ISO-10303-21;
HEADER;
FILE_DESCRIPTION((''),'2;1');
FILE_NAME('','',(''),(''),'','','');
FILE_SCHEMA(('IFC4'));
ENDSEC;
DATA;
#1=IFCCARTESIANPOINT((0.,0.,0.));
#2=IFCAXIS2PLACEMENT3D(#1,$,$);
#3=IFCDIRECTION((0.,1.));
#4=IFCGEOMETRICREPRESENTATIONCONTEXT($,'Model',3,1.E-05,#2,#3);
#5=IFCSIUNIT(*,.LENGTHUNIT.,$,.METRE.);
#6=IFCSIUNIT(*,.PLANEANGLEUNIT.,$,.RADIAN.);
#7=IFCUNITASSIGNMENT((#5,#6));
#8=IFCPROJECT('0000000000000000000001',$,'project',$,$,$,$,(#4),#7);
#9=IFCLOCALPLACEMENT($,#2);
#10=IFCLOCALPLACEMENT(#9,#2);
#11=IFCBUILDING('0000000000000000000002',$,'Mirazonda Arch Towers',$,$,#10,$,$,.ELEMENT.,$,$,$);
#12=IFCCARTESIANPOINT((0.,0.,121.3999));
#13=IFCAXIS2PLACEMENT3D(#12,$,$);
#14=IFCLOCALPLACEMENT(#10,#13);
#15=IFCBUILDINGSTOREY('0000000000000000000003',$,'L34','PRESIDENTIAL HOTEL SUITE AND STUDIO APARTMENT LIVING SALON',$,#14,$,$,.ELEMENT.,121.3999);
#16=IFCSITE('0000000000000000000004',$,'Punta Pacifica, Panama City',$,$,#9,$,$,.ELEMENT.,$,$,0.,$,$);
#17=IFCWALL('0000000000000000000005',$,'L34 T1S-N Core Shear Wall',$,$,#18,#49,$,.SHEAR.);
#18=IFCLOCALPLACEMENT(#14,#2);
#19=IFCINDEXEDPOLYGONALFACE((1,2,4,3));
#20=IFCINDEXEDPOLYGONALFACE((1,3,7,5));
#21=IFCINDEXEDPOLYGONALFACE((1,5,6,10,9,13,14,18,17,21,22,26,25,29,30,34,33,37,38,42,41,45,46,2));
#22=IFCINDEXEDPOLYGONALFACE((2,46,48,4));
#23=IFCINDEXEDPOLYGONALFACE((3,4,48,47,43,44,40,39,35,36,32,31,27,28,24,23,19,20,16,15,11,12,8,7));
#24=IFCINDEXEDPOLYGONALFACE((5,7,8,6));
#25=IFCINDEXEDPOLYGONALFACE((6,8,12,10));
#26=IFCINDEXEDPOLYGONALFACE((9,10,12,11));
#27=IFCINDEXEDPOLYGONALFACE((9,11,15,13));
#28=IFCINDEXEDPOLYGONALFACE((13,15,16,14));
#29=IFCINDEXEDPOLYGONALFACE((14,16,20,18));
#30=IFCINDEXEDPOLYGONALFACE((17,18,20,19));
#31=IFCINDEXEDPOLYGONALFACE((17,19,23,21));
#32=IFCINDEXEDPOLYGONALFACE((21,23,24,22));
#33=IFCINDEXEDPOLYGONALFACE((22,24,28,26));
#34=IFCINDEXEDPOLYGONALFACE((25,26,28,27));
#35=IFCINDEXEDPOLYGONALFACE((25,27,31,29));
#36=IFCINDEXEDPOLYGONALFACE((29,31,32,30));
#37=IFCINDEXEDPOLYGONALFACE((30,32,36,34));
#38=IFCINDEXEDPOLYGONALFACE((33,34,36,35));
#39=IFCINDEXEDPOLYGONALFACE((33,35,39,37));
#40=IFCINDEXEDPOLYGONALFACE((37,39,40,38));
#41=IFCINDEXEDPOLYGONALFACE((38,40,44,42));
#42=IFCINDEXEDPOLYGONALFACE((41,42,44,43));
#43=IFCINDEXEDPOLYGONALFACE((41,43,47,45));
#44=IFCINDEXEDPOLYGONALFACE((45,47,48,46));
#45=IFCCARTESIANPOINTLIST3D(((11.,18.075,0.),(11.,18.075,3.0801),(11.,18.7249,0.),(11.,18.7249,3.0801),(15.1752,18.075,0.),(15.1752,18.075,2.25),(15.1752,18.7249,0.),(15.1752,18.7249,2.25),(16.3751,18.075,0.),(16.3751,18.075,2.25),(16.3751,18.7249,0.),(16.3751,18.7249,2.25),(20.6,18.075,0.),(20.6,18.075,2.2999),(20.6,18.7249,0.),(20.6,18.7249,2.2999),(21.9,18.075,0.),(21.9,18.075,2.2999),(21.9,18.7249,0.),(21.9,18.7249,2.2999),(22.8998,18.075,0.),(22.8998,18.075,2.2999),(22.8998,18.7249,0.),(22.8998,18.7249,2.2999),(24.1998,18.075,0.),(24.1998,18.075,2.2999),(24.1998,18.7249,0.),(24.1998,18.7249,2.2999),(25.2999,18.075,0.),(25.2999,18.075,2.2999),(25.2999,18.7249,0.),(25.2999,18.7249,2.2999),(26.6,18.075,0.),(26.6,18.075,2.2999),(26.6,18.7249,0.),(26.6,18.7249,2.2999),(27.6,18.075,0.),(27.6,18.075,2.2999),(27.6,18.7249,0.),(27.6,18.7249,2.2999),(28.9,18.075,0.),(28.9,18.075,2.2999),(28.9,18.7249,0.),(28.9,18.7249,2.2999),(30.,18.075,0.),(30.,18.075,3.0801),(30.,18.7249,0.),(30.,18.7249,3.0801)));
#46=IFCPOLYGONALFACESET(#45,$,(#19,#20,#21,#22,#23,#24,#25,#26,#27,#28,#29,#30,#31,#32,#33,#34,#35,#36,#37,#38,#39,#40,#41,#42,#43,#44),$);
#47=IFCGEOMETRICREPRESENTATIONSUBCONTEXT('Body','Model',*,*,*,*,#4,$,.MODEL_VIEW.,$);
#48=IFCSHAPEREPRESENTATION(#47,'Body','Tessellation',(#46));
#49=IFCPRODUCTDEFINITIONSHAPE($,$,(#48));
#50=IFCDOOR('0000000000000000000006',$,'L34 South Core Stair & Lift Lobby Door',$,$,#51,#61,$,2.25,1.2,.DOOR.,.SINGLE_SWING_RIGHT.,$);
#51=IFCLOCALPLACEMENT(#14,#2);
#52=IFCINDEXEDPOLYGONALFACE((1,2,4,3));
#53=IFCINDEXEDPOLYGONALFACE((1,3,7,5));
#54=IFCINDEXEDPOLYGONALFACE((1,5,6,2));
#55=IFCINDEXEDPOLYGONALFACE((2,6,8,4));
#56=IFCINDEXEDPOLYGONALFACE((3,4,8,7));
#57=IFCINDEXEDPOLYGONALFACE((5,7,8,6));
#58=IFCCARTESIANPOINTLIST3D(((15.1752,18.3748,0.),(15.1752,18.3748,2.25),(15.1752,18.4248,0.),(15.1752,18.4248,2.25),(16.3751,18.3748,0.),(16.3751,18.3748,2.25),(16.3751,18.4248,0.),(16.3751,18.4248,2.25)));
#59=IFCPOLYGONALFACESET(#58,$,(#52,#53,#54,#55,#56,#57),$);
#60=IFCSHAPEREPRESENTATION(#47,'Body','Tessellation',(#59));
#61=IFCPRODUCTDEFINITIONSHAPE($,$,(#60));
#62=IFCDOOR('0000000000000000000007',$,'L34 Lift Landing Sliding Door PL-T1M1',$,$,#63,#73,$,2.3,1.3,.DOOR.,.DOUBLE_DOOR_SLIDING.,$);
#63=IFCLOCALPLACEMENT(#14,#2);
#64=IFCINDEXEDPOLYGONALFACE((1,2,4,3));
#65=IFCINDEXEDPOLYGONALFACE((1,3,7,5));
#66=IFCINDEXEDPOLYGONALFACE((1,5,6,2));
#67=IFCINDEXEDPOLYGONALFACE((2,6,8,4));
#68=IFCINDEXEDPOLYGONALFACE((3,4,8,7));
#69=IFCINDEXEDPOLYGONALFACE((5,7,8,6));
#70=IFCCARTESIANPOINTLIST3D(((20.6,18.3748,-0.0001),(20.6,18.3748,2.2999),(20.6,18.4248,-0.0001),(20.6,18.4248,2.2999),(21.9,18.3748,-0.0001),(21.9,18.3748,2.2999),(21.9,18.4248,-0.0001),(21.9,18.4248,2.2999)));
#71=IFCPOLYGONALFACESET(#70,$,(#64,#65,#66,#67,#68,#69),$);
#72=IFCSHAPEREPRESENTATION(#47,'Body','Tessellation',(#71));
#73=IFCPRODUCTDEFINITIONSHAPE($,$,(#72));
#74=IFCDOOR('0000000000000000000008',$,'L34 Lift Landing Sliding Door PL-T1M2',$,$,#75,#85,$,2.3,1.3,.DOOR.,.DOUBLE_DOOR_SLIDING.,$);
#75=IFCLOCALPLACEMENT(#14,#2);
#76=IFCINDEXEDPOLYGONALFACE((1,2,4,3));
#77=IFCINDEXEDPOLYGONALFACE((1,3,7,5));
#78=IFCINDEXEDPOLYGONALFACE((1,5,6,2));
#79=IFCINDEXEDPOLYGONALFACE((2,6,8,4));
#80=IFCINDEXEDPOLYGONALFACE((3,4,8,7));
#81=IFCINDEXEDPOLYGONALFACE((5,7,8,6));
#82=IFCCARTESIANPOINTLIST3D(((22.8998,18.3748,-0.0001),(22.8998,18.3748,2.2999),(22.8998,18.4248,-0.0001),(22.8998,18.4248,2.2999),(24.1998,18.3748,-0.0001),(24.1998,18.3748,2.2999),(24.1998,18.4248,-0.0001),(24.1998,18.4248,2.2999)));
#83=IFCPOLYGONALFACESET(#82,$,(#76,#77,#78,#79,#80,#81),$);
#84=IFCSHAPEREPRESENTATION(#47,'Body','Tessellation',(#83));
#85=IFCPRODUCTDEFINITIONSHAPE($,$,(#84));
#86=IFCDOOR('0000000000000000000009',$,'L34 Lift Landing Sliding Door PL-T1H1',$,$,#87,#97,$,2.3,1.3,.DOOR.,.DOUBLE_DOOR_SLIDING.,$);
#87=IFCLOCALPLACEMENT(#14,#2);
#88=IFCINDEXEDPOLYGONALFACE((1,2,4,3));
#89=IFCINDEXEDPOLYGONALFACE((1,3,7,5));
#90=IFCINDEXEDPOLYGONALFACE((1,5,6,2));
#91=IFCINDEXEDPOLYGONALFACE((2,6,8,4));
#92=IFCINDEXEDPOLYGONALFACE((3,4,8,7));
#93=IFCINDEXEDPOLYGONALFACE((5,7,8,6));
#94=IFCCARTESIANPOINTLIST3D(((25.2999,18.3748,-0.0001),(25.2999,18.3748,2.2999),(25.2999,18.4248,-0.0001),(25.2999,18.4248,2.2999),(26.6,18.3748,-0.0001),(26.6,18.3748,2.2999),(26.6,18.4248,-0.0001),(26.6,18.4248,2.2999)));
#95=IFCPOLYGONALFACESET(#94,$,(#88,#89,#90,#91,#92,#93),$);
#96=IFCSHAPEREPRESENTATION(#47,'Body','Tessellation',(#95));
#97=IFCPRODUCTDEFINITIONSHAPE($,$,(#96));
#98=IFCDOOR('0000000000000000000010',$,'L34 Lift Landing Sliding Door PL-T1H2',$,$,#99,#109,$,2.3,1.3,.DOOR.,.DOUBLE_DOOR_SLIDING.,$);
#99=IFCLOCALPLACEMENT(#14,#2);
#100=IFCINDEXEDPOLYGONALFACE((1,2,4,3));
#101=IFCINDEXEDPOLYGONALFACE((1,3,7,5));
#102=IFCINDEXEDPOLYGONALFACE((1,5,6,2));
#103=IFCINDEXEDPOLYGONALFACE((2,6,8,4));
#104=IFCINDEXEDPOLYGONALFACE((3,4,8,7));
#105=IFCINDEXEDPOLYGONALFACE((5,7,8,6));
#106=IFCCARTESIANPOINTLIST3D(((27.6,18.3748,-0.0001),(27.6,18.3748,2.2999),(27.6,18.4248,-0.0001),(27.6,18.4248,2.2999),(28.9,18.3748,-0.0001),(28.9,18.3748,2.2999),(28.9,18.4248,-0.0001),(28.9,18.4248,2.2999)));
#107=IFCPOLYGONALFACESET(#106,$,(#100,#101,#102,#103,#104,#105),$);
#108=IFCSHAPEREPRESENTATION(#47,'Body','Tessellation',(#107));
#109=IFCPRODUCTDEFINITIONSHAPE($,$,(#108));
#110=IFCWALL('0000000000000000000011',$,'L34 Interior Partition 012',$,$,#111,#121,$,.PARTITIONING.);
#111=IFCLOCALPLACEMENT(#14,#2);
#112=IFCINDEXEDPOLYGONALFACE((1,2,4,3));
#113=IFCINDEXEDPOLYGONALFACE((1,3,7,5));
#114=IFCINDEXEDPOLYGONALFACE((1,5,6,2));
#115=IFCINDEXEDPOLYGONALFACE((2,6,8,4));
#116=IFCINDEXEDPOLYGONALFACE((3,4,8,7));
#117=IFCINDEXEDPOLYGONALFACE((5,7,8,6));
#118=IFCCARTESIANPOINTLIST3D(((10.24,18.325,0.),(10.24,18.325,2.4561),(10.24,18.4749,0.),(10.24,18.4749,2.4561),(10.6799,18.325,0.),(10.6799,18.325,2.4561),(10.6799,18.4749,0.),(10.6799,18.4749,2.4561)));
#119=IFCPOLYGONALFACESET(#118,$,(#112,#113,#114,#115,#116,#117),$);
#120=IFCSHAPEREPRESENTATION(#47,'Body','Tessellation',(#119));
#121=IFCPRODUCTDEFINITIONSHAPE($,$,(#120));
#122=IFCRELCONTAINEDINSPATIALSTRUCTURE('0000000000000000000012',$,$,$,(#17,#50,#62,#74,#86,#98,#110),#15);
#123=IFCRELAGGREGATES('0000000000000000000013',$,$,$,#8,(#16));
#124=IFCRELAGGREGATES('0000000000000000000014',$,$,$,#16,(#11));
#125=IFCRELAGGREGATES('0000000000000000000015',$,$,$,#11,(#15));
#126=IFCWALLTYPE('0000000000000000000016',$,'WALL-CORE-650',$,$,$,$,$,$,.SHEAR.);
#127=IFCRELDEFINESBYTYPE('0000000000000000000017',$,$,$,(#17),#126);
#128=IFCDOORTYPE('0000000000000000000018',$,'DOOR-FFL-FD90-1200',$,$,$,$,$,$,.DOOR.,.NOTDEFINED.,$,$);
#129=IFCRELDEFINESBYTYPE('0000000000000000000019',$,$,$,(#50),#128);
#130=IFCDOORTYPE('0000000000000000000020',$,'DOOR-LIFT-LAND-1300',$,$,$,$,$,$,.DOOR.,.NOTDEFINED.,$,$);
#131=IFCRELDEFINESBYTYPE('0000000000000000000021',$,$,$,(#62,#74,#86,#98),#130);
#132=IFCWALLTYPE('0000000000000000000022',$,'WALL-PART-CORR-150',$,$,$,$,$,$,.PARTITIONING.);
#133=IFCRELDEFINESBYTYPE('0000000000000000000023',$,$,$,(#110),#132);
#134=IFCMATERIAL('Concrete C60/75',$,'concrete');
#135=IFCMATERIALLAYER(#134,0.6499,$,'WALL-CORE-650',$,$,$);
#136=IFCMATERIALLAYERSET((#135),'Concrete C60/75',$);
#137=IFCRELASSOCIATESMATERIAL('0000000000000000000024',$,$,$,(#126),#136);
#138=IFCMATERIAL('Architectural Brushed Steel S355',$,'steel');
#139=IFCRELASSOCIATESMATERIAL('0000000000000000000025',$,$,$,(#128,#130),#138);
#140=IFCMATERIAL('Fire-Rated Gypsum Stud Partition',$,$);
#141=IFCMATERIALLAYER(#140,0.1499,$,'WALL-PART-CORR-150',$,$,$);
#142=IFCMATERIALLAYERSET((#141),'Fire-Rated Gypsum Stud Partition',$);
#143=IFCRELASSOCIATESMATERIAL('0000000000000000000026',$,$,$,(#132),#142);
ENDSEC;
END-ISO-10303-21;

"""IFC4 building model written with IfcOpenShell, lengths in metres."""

from ifc_helpers import new_model, si_unit, direction, frame, frame_2d, origin, place, context, subcontext, project, spatial, rectangle, extrude, material, layer, layer_set, type_object, element, fill, save


model = new_model("IFC4")

# Units and contexts
model_context = context("Model", 3, precision=1e-05, world=origin(), true_north=direction((0.0, 1.0)))
body_context = subcontext(model_context, "Body", "Model", "MODEL_VIEW")
ifc_project = project(units=[si_unit("LENGTHUNIT", "METRE"), si_unit("PLANEANGLEUNIT", "RADIAN")], contexts=[model_context])

# Site, building, storey
site_placement = place(None, origin())
site = spatial("IfcSite", under=ifc_project, at=site_placement, Name="Punta Pacifica, Panama City", CompositionType="ELEMENT", RefElevation=0.0)
building_placement = place(site_placement, origin())
building = spatial("IfcBuilding", under=site, at=building_placement, Name="Mirazonda Arch Towers", CompositionType="ELEMENT")
storey_placement = place(building_placement, frame((0.0, 0.0, 121.3999)))
storey = spatial("IfcBuildingStorey", under=building, at=storey_placement, Name="L34", Description="PRESIDENTIAL HOTEL SUITE AND STUDIO APARTMENT LIVING SALON", CompositionType="ELEMENT", Elevation=121.3999)

# Shared definitions
ifc_material_1 = material(Name="Architectural Brushed Steel S355", Category="steel")

# Wall, openings, doors
ifc_material_2 = material(Name="Concrete C60/75", Category="concrete")
ifc_layer_1 = layer(ifc_material_2, 0.6499, Name="WALL-CORE-650")
ifc_layer_set_1 = layer_set([ifc_layer_1], Name="Concrete C60/75")
wall_type_1 = type_object("IfcWallType", Name="WALL-CORE-650", PredefinedType="SHEAR", material=ifc_layer_set_1)
wall_1_placement = place(storey_placement, frame((11.0, 18.3999, 0.0), z_axis=(0.0, 0.0, 1.0), x_axis=(1.0, 0.0, 0.0)))
wall_1 = element("IfcWall", 1, at=wall_1_placement, inside=storey, type_object=wall_type_1, Name="L34 T1S-N Core Shear Wall", PredefinedType="SHEAR", context=body_context, shape_type="SweptSolid", body=[
    extrude(rectangle(XDim=19.0, YDim=0.6499, at=frame_2d((9.5, 0.0))), origin(), (0.0, 0.0, 1.0), 3.0801),
])
opening_1_placement = place(wall_1_placement, frame((4.175, 0.0, 0.0)))
opening_1 = element("IfcOpeningElement", 2, at=opening_1_placement, cuts=wall_1, PredefinedType="OPENING", context=body_context, shape_type="SweptSolid", body=[
    extrude(rectangle(XDim=1.2, YDim=2.25, at=frame_2d((0.6001, 1.125))), frame((0.0, 0.335, 0.0), z_axis=(0.0, -1.0, 0.0), x_axis=(1.0, 0.0, 0.0)), (0.0, 0.0, 1.0), 0.6699),
])
opening_2_placement = place(wall_1_placement, frame((9.6001, 0.0, 0.0)))
opening_2 = element("IfcOpeningElement", 3, at=opening_2_placement, cuts=wall_1, PredefinedType="OPENING", context=body_context, shape_type="SweptSolid", body=[
    extrude(rectangle(XDim=1.3, YDim=2.3, at=frame_2d((0.6499, 1.1499))), frame((0.0, 0.335, 0.0), z_axis=(0.0, -1.0, 0.0), x_axis=(1.0, 0.0, 0.0)), (0.0, 0.0, 1.0), 0.6699),
])
opening_3_placement = place(wall_1_placement, frame((11.8999, 0.0, 0.0)))
opening_3 = element("IfcOpeningElement", 4, at=opening_3_placement, cuts=wall_1, PredefinedType="OPENING", context=body_context, shape_type="SweptSolid", body=[
    extrude(rectangle(XDim=1.3, YDim=2.3, at=frame_2d((0.6499, 1.1499))), frame((0.0, 0.335, 0.0), z_axis=(0.0, -1.0, 0.0), x_axis=(1.0, 0.0, 0.0)), (0.0, 0.0, 1.0), 0.6699),
])
opening_4_placement = place(wall_1_placement, frame((14.3, 0.0, 0.0)))
opening_4 = element("IfcOpeningElement", 5, at=opening_4_placement, cuts=wall_1, PredefinedType="OPENING", context=body_context, shape_type="SweptSolid", body=[
    extrude(rectangle(XDim=1.3, YDim=2.3, at=frame_2d((0.6499, 1.1499))), frame((0.0, 0.335, 0.0), z_axis=(0.0, -1.0, 0.0), x_axis=(1.0, 0.0, 0.0)), (0.0, 0.0, 1.0), 0.6699),
])
opening_5_placement = place(wall_1_placement, frame((16.6001, 0.0, 0.0)))
opening_5 = element("IfcOpeningElement", 6, at=opening_5_placement, cuts=wall_1, PredefinedType="OPENING", context=body_context, shape_type="SweptSolid", body=[
    extrude(rectangle(XDim=1.3, YDim=2.3, at=frame_2d((0.6499, 1.1499))), frame((0.0, 0.335, 0.0), z_axis=(0.0, -1.0, 0.0), x_axis=(1.0, 0.0, 0.0)), (0.0, 0.0, 1.0), 0.6699),
])
door_type_1 = type_object("IfcDoorType", Name="DOOR-FFL-FD90-1200", OperationType="NOTDEFINED", PredefinedType="DOOR", material=ifc_material_1)
door_1_placement = place(opening_1_placement, origin())
door_1 = element("IfcDoor", 7, at=door_1_placement, inside=storey, type_object=door_type_1, Name="L34 South Core Stair & Lift Lobby Door", OperationType="SINGLE_SWING_RIGHT", OverallHeight=2.25, OverallWidth=1.2, PredefinedType="DOOR", context=body_context, shape_type="SweptSolid", body=[
    extrude(rectangle(XDim=1.2, YDim=2.25, at=frame_2d((0.6001, 1.125))), frame((0.0, 0.0249, 0.0), z_axis=(0.0, -1.0, 0.0), x_axis=(1.0, 0.0, 0.0)), (0.0, 0.0, 1.0), 0.05),
])
fill(opening_1, door_1)
door_type_2 = type_object("IfcDoorType", Name="DOOR-LIFT-LAND-1300", OperationType="NOTDEFINED", PredefinedType="DOOR", material=ifc_material_1)
door_2_placement = place(opening_2_placement, origin())
door_2 = element("IfcDoor", 8, at=door_2_placement, inside=storey, type_object=door_type_2, Name="L34 Lift Landing Sliding Door PL-T1M1", OperationType="DOUBLE_DOOR_SLIDING", OverallHeight=2.3, OverallWidth=1.3, PredefinedType="DOOR", context=body_context, shape_type="SweptSolid", body=[
    extrude(rectangle(XDim=1.3, YDim=2.3, at=frame_2d((0.6499, 1.1499))), frame((0.0, 0.0249, 0.0), z_axis=(0.0, -1.0, 0.0), x_axis=(1.0, 0.0, 0.0)), (0.0, 0.0, 1.0), 0.05),
])
fill(opening_2, door_2)
door_3_placement = place(opening_3_placement, origin())
door_3 = element("IfcDoor", 9, at=door_3_placement, inside=storey, type_object=door_type_2, Name="L34 Lift Landing Sliding Door PL-T1M2", OperationType="DOUBLE_DOOR_SLIDING", OverallHeight=2.3, OverallWidth=1.3, PredefinedType="DOOR", context=body_context, shape_type="SweptSolid", body=[
    extrude(rectangle(XDim=1.3, YDim=2.3, at=frame_2d((0.6499, 1.1499))), frame((0.0, 0.0249, 0.0), z_axis=(0.0, -1.0, 0.0), x_axis=(1.0, 0.0, 0.0)), (0.0, 0.0, 1.0), 0.05),
])
fill(opening_3, door_3)
door_4_placement = place(opening_4_placement, origin())
door_4 = element("IfcDoor", 10, at=door_4_placement, inside=storey, type_object=door_type_2, Name="L34 Lift Landing Sliding Door PL-T1H1", OperationType="DOUBLE_DOOR_SLIDING", OverallHeight=2.3, OverallWidth=1.3, PredefinedType="DOOR", context=body_context, shape_type="SweptSolid", body=[
    extrude(rectangle(XDim=1.3, YDim=2.3, at=frame_2d((0.6499, 1.1499))), frame((0.0, 0.0249, 0.0), z_axis=(0.0, -1.0, 0.0), x_axis=(1.0, 0.0, 0.0)), (0.0, 0.0, 1.0), 0.05),
])
fill(opening_4, door_4)
door_5_placement = place(opening_5_placement, origin())
door_5 = element("IfcDoor", 11, at=door_5_placement, inside=storey, type_object=door_type_2, Name="L34 Lift Landing Sliding Door PL-T1H2", OperationType="DOUBLE_DOOR_SLIDING", OverallHeight=2.3, OverallWidth=1.3, PredefinedType="DOOR", context=body_context, shape_type="SweptSolid", body=[
    extrude(rectangle(XDim=1.3, YDim=2.3, at=frame_2d((0.6499, 1.1499))), frame((0.0, 0.0249, 0.0), z_axis=(0.0, -1.0, 0.0), x_axis=(1.0, 0.0, 0.0)), (0.0, 0.0, 1.0), 0.05),
])
fill(opening_5, door_5)

# Wall
ifc_material_3 = material(Name="Fire-Rated Gypsum Stud Partition")
ifc_layer_2 = layer(ifc_material_3, 0.1499, Name="WALL-PART-CORR-150")
ifc_layer_set_2 = layer_set([ifc_layer_2], Name="Fire-Rated Gypsum Stud Partition")
wall_type_2 = type_object("IfcWallType", Name="WALL-PART-CORR-150", PredefinedType="PARTITIONING", material=ifc_layer_set_2)
wall_2_placement = place(storey_placement, frame((10.24, 18.3999, 0.0), z_axis=(0.0, 0.0, 1.0), x_axis=(1.0, 0.0, 0.0)))
element("IfcWall", 12, at=wall_2_placement, inside=storey, type_object=wall_type_2, Name="L34 Interior Partition 012", PredefinedType="PARTITIONING", context=body_context, shape_type="SweptSolid", body=[
    extrude(rectangle(XDim=0.4399, YDim=0.1499, at=frame_2d((0.22, 0.0))), origin(), (0.0, 0.0, 1.0), 2.4561),
])

save(model, "model.ifc")
